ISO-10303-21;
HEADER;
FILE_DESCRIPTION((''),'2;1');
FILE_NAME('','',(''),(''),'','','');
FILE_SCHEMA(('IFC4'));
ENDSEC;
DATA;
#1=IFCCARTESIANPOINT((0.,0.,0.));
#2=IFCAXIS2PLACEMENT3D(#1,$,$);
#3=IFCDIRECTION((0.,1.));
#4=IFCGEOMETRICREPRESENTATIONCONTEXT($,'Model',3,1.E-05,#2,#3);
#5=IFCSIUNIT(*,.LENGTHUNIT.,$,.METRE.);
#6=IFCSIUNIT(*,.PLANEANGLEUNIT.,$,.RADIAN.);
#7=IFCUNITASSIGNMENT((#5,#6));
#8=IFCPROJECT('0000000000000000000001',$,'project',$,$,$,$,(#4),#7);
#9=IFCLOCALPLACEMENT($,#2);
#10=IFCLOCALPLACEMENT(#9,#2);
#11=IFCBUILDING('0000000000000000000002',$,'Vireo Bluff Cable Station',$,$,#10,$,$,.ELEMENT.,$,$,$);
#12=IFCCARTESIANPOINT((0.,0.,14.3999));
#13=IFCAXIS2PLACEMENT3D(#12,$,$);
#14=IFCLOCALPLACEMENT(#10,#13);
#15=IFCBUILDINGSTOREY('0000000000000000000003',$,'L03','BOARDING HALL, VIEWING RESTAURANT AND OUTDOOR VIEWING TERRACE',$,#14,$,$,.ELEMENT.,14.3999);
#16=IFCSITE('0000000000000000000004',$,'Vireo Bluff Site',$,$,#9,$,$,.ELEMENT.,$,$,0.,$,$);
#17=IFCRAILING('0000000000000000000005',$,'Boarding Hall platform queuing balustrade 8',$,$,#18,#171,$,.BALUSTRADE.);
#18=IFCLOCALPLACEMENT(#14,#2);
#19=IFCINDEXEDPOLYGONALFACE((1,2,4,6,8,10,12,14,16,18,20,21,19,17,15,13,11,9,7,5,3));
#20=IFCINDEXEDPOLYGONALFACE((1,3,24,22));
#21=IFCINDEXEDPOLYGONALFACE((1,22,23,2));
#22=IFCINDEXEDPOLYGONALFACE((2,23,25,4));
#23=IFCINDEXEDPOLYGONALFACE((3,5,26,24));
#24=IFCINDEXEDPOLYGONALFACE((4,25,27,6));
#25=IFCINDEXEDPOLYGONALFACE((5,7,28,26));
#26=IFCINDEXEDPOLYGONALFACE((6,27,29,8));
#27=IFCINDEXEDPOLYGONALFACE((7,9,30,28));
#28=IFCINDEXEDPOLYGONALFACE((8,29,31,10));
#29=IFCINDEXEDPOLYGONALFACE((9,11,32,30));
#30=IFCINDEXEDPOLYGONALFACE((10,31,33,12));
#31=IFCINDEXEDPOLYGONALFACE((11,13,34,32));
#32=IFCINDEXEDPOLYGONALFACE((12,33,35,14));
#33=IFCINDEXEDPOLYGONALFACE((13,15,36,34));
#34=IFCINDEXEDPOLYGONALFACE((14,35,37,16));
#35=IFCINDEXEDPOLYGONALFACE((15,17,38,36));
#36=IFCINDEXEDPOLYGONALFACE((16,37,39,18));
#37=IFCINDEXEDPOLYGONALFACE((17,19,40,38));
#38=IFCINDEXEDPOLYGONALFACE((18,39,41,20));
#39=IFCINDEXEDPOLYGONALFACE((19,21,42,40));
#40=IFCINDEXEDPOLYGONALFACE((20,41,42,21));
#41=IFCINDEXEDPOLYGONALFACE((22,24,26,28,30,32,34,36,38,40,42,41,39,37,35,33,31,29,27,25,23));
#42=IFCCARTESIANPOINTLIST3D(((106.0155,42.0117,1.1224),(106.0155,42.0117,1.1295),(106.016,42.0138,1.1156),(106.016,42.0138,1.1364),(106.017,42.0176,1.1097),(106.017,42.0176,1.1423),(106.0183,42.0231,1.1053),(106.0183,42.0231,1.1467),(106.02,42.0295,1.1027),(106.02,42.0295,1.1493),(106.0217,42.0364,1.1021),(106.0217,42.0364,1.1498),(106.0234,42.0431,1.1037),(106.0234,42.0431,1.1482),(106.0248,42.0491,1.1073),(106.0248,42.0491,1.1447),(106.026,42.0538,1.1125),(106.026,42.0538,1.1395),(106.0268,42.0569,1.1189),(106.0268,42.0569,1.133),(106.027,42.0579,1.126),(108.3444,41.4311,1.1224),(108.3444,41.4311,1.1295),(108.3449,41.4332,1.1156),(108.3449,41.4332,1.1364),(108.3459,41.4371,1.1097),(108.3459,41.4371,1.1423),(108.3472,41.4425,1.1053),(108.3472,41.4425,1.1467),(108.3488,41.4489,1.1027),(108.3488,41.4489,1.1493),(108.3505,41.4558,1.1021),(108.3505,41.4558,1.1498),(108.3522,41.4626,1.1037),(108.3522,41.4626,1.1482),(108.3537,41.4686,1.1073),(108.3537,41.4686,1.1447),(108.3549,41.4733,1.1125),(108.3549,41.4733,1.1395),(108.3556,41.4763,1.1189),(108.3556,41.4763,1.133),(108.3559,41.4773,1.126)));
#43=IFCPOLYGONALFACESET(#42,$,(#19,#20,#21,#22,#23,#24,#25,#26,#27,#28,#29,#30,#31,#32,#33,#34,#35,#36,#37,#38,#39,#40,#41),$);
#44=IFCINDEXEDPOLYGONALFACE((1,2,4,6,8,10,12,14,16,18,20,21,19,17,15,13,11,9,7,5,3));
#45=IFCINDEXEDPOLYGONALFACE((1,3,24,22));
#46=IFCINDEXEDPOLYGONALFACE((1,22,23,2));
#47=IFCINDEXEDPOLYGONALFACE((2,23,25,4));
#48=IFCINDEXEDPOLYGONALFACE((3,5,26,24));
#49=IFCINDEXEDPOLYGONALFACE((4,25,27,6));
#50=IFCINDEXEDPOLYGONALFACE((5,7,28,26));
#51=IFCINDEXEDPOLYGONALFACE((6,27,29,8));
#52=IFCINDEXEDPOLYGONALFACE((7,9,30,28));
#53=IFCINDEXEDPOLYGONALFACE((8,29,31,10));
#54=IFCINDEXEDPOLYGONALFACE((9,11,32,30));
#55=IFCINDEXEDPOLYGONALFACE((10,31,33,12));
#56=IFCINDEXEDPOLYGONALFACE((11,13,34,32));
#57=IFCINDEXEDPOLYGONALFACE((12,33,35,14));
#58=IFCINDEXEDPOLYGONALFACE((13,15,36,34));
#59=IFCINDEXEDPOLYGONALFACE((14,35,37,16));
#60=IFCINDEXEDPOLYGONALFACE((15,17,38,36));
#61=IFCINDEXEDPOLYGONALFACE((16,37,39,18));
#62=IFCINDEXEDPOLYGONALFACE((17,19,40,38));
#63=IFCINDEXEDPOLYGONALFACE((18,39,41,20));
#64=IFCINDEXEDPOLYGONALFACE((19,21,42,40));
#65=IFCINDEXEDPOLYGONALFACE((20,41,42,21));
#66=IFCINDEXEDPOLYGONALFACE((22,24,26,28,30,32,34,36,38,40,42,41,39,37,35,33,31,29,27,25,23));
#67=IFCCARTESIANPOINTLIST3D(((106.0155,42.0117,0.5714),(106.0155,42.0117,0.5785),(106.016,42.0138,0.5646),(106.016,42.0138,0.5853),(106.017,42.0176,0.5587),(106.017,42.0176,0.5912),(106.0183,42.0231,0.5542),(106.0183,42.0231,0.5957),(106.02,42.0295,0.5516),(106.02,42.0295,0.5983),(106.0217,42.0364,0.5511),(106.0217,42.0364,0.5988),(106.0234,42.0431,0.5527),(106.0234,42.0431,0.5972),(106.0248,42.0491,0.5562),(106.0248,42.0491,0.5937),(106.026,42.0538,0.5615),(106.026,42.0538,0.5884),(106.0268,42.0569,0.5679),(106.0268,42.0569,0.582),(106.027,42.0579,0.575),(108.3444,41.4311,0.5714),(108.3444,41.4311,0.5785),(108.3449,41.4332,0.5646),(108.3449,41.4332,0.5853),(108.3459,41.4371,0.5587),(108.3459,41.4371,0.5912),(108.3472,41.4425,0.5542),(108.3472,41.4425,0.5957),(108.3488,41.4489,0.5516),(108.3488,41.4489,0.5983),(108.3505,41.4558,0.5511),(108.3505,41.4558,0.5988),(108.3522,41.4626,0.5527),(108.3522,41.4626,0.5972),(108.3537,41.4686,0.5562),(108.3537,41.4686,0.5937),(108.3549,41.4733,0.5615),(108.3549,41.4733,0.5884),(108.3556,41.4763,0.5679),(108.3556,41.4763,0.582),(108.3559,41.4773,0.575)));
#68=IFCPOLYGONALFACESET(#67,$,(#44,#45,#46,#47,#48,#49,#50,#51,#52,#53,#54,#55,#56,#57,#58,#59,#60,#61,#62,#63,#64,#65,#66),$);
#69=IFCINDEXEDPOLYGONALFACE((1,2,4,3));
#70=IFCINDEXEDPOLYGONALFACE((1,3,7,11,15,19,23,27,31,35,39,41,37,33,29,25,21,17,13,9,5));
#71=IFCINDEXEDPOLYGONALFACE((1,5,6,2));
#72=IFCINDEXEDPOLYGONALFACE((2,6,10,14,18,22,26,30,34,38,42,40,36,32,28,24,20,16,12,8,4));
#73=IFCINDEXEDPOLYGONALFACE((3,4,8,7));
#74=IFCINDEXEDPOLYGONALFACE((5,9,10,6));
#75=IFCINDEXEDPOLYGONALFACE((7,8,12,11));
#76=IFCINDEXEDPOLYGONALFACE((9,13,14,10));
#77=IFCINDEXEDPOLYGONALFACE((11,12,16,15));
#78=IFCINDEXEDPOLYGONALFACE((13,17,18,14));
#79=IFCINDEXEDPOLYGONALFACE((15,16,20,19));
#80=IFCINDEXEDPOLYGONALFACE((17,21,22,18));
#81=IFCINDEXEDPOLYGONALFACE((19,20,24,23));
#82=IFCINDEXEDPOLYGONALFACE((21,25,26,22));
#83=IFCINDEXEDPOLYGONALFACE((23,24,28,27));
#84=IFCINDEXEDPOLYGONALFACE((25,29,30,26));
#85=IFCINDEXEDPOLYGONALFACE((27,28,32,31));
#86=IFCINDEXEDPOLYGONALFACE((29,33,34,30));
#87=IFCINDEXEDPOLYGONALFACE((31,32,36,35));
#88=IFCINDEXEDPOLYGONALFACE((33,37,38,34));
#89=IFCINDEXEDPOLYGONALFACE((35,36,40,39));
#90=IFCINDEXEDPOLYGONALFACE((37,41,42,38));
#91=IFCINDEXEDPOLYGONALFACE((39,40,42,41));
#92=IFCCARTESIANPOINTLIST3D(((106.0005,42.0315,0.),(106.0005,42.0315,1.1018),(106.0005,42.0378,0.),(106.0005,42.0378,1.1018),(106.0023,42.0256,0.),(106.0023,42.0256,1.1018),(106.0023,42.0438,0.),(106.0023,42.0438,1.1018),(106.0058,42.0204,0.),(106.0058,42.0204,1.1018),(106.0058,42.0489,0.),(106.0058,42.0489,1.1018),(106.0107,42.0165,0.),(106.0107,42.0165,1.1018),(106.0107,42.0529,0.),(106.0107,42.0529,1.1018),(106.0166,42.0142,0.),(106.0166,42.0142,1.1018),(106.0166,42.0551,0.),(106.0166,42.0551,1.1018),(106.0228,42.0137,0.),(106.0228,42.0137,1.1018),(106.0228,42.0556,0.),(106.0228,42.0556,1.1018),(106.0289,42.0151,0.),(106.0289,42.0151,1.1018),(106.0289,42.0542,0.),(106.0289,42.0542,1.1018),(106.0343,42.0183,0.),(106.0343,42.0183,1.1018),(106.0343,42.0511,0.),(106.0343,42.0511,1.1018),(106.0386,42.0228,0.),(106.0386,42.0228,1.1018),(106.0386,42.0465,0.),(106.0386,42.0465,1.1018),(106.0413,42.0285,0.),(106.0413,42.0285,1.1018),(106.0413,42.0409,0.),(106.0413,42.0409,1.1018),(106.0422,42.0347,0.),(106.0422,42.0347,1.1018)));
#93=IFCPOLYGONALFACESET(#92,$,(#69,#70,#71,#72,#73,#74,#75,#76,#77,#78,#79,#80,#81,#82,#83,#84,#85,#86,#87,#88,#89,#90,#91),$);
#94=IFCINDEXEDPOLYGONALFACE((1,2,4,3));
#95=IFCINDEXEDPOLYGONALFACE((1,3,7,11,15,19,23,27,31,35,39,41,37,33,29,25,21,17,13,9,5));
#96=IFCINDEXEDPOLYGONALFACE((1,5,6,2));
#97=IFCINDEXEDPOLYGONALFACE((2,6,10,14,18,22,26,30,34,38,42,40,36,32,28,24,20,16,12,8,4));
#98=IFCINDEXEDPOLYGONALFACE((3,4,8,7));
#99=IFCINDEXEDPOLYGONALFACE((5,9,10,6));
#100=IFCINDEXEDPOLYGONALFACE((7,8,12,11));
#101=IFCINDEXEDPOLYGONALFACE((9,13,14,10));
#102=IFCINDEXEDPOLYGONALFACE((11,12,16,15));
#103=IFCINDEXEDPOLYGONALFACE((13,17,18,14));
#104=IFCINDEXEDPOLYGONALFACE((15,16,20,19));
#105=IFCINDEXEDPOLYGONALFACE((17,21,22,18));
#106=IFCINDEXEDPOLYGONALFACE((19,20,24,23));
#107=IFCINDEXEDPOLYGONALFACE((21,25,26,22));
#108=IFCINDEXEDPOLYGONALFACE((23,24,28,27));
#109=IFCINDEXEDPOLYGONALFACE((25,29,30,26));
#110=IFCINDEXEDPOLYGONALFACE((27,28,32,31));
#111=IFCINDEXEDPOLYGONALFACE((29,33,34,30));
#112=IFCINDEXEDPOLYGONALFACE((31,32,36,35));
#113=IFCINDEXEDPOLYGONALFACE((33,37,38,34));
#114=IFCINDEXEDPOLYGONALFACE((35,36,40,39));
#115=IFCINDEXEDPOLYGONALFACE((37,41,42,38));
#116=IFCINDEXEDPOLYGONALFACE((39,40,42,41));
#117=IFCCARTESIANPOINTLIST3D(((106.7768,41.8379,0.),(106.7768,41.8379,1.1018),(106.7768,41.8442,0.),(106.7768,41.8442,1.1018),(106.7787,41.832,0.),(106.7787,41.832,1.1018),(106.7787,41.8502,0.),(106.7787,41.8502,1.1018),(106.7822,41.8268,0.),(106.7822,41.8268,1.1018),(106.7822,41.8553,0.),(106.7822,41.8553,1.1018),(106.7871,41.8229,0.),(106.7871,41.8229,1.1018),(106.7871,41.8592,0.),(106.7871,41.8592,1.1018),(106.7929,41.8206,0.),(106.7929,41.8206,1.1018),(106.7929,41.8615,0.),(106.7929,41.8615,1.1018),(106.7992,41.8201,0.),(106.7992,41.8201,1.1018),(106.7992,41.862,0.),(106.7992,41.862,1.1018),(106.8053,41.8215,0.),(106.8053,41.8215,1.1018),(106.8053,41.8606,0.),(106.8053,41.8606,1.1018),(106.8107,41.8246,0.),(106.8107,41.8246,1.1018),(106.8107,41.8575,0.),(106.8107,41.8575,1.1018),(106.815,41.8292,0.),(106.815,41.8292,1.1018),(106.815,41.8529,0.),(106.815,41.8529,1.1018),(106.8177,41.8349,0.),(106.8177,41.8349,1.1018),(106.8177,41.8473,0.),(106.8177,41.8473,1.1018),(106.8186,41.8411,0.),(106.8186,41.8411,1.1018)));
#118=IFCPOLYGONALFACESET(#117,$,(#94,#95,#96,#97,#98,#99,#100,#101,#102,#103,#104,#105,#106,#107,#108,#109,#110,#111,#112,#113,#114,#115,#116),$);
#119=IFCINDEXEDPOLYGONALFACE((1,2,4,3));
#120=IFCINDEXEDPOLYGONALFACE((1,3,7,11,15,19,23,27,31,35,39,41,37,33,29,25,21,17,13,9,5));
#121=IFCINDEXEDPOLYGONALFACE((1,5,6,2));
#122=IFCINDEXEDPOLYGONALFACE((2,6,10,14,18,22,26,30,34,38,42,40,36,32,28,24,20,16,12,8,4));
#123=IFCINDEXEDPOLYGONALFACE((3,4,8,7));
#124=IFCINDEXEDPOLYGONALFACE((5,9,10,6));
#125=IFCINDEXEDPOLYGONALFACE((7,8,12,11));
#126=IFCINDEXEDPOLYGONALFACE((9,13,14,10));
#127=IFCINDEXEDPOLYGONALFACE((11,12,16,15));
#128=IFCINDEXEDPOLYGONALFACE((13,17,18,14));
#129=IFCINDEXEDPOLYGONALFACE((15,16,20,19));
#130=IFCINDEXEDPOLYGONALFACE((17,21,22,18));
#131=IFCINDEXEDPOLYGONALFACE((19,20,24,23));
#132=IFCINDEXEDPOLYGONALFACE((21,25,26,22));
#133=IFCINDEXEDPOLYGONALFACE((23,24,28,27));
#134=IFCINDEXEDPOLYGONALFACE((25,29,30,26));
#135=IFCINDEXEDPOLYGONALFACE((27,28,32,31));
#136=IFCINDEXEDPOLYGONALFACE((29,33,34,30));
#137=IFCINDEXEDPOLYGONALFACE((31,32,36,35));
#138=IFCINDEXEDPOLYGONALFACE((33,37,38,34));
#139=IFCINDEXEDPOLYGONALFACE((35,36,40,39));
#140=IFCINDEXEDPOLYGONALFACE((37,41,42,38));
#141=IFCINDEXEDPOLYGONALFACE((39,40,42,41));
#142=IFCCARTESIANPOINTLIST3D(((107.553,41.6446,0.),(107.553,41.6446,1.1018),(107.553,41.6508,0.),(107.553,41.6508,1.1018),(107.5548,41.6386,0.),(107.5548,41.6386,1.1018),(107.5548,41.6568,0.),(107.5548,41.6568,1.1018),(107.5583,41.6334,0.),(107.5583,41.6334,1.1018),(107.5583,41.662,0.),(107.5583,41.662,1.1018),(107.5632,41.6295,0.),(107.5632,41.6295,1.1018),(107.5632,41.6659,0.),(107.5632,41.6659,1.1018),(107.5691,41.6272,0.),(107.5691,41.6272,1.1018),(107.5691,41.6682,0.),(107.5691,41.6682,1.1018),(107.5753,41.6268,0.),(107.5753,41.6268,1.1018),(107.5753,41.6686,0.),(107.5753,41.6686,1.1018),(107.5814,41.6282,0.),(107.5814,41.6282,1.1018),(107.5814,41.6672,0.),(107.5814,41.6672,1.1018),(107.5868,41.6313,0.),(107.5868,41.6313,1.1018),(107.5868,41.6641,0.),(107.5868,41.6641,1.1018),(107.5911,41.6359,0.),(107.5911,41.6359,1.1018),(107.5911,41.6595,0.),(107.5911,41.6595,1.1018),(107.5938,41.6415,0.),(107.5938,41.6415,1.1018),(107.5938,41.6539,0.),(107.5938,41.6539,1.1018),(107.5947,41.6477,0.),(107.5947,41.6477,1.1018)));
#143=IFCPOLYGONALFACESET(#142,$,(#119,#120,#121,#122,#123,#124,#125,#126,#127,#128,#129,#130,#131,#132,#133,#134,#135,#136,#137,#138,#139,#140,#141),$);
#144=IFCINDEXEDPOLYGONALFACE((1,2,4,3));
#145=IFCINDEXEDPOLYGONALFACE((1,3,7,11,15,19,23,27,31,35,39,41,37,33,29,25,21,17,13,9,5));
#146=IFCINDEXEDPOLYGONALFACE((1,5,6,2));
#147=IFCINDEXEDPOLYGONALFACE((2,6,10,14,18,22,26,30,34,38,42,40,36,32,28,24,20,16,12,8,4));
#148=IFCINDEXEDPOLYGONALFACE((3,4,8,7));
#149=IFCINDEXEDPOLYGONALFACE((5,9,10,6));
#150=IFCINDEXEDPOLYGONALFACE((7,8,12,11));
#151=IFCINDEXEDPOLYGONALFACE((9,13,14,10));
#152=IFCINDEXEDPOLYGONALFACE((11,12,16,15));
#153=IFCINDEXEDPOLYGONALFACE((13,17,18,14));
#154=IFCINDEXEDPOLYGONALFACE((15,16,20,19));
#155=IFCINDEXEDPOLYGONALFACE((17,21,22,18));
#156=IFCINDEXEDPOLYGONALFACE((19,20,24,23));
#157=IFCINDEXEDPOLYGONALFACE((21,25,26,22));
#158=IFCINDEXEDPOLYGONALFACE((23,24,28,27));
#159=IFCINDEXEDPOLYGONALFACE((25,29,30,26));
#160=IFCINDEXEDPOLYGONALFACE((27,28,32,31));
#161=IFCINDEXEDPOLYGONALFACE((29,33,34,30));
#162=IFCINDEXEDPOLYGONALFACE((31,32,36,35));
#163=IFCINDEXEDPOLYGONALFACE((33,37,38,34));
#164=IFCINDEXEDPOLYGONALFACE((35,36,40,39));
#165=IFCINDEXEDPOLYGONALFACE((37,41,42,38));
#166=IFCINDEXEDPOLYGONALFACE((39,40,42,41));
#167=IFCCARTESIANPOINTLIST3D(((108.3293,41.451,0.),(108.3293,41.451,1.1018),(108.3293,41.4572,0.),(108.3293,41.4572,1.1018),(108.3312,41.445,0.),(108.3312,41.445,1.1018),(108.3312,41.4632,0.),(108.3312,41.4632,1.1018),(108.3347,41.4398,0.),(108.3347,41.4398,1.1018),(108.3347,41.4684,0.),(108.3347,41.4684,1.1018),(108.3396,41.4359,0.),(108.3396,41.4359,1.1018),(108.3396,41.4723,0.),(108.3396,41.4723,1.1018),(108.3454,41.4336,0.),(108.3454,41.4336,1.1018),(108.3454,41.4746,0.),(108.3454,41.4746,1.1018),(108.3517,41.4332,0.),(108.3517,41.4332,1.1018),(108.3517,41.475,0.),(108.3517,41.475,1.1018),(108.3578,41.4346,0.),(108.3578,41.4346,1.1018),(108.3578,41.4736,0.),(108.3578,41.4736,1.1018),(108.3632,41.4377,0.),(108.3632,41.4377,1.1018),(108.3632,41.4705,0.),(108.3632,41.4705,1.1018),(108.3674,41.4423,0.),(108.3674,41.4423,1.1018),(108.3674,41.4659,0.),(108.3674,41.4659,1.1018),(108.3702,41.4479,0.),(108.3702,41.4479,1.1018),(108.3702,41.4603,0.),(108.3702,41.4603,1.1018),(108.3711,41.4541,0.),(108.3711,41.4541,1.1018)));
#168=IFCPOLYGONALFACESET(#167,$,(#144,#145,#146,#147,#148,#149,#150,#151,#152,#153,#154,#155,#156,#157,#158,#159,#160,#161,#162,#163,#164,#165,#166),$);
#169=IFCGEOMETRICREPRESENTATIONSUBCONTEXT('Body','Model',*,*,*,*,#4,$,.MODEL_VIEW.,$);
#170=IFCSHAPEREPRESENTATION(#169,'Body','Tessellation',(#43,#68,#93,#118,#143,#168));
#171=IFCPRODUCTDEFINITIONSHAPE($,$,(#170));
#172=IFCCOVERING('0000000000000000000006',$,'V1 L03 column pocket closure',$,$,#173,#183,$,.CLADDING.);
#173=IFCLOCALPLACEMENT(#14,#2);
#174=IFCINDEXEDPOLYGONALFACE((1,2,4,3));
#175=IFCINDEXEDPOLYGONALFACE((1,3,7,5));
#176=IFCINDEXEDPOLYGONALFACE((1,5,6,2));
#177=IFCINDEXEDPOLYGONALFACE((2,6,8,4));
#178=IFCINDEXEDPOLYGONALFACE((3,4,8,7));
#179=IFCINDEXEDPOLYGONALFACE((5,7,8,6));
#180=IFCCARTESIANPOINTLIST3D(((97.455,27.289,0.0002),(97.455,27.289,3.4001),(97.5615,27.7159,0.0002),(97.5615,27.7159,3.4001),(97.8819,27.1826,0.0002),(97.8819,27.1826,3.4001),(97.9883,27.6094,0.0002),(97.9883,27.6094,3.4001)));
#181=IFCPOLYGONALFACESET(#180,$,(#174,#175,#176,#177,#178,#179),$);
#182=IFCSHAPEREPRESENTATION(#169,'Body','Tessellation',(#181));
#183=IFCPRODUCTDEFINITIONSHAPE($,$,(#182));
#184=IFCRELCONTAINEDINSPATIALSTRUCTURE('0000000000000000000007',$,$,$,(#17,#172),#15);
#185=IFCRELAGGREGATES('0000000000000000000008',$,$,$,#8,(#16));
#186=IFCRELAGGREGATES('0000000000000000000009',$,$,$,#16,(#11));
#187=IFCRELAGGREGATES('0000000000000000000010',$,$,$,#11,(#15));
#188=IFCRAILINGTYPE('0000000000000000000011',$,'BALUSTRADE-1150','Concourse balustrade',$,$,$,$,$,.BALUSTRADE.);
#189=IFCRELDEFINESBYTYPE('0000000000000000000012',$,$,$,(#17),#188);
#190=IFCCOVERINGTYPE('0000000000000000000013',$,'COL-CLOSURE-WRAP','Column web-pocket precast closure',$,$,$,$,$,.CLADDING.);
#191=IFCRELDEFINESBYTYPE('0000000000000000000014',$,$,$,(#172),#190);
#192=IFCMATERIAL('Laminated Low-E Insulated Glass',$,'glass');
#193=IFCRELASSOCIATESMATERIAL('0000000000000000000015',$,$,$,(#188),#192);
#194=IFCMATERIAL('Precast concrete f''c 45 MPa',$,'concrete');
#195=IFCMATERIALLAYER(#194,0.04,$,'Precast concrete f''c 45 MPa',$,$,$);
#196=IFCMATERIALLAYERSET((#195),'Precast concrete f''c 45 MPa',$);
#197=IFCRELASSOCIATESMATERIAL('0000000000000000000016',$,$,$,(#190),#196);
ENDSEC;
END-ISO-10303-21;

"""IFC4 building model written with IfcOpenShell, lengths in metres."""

from ifc_helpers import new_model, si_unit, direction, frame, origin, origin_2d, place, context, subcontext, project, spatial, rectangle, circle, extrude, material, layer, layer_set, type_object, element, save


model = new_model("IFC4")

# Units and contexts
model_context = context("Model", 3, precision=1e-05, world=origin(), true_north=direction((0.0, 1.0)))
body_context = subcontext(model_context, "Body", "Model", "MODEL_VIEW")
ifc_project = project(units=[si_unit("LENGTHUNIT", "METRE"), si_unit("PLANEANGLEUNIT", "RADIAN")], contexts=[model_context])

# Site, building, storey
site_placement = place(None, origin())
site = spatial("IfcSite", under=ifc_project, at=site_placement, Name="Vireo Bluff Site", CompositionType="ELEMENT", RefElevation=0.0)
building_placement = place(site_placement, origin())
building = spatial("IfcBuilding", under=site, at=building_placement, Name="Vireo Bluff Cable Station", CompositionType="ELEMENT")
storey_placement = place(building_placement, frame((0.0, 0.0, 14.3999)))
storey = spatial("IfcBuildingStorey", under=building, at=storey_placement, Name="L03", Description="BOARDING HALL, VIEWING RESTAURANT AND OUTDOOR VIEWING TERRACE", CompositionType="ELEMENT", Elevation=14.3999)

# Shared definitions
ifc_material_1 = material(Name="Laminated Low-E Insulated Glass", Category="glass")

# Railing
railing_type_1 = type_object("IfcRailingType", Name="BALUSTRADE-1150", Description="Concourse balustrade", PredefinedType="BALUSTRADE", material=ifc_material_1)
for number, where, name in (
    (1, (106.0212, 42.0347, 0.0), "Boarding Hall platform queuing balustrade 8"),
):
    element("IfcRailing", number, at=place(storey_placement, frame(where)), inside=storey, type_object=railing_type_1, Name=name, PredefinedType="BALUSTRADE", context=body_context, shape_type="SweptSolid", body=[
        extrude(circle(Radius=0.0239, at=origin_2d()), frame((0.0, 0.0, 1.126), z_axis=(0.970304, -0.241889, 0.0), x_axis=(0.241889, 0.970304, 0.0)), (0.0, 0.0, 1.0), 2.4001),
        extrude(circle(Radius=0.0239, at=origin_2d()), frame((0.0, 0.0, 0.575), z_axis=(0.970304, -0.241889, 0.0), x_axis=(0.241889, 0.970304, 0.0)), (0.0, 0.0, 1.0), 2.4001),
        extrude(circle(Radius=0.021, at=origin_2d()), origin(), (0.0, 0.0, 1.0), 1.1018),
        extrude(circle(Radius=0.021, at=origin_2d()), frame((0.7764, -0.1936, 0.0)), (0.0, 0.0, 1.0), 1.1018),
        extrude(circle(Radius=0.021, at=origin_2d()), frame((1.5525, -0.387, 0.0)), (0.0, 0.0, 1.0), 1.1018),
        extrude(circle(Radius=0.021, at=origin_2d()), frame((2.3289, -0.5806, 0.0)), (0.0, 0.0, 1.0), 1.1018),
    ])

# Covering
ifc_material_2 = material(Name="Precast concrete f'c 45 MPa", Category="concrete")
ifc_layer_1 = layer(ifc_material_2, 0.04, Name="Precast concrete f'c 45 MPa")
ifc_layer_set_1 = layer_set([ifc_layer_1], Name="Precast concrete f'c 45 MPa")
covering_type = type_object("IfcCoveringType", Name="COL-CLOSURE-WRAP", Description="Column web-pocket precast closure", PredefinedType="CLADDING", material=ifc_layer_set_1)
covering_placement = place(storey_placement, frame((97.7217, 27.4492, 0.0002), z_axis=(0.0, 0.0, 1.0), x_axis=(0.970296, -0.241922, 0.0)))
element("IfcCovering", 2, at=covering_placement, inside=storey, type_object=covering_type, Name="V1 L03 column pocket closure", PredefinedType="CLADDING", context=body_context, shape_type="SweptSolid", body=[
    extrude(rectangle(XDim=0.4399, YDim=0.4399, at=origin_2d()), origin(), (0.0, 0.0, 1.0), 3.3999),
])

save(model, "model.ifc")
